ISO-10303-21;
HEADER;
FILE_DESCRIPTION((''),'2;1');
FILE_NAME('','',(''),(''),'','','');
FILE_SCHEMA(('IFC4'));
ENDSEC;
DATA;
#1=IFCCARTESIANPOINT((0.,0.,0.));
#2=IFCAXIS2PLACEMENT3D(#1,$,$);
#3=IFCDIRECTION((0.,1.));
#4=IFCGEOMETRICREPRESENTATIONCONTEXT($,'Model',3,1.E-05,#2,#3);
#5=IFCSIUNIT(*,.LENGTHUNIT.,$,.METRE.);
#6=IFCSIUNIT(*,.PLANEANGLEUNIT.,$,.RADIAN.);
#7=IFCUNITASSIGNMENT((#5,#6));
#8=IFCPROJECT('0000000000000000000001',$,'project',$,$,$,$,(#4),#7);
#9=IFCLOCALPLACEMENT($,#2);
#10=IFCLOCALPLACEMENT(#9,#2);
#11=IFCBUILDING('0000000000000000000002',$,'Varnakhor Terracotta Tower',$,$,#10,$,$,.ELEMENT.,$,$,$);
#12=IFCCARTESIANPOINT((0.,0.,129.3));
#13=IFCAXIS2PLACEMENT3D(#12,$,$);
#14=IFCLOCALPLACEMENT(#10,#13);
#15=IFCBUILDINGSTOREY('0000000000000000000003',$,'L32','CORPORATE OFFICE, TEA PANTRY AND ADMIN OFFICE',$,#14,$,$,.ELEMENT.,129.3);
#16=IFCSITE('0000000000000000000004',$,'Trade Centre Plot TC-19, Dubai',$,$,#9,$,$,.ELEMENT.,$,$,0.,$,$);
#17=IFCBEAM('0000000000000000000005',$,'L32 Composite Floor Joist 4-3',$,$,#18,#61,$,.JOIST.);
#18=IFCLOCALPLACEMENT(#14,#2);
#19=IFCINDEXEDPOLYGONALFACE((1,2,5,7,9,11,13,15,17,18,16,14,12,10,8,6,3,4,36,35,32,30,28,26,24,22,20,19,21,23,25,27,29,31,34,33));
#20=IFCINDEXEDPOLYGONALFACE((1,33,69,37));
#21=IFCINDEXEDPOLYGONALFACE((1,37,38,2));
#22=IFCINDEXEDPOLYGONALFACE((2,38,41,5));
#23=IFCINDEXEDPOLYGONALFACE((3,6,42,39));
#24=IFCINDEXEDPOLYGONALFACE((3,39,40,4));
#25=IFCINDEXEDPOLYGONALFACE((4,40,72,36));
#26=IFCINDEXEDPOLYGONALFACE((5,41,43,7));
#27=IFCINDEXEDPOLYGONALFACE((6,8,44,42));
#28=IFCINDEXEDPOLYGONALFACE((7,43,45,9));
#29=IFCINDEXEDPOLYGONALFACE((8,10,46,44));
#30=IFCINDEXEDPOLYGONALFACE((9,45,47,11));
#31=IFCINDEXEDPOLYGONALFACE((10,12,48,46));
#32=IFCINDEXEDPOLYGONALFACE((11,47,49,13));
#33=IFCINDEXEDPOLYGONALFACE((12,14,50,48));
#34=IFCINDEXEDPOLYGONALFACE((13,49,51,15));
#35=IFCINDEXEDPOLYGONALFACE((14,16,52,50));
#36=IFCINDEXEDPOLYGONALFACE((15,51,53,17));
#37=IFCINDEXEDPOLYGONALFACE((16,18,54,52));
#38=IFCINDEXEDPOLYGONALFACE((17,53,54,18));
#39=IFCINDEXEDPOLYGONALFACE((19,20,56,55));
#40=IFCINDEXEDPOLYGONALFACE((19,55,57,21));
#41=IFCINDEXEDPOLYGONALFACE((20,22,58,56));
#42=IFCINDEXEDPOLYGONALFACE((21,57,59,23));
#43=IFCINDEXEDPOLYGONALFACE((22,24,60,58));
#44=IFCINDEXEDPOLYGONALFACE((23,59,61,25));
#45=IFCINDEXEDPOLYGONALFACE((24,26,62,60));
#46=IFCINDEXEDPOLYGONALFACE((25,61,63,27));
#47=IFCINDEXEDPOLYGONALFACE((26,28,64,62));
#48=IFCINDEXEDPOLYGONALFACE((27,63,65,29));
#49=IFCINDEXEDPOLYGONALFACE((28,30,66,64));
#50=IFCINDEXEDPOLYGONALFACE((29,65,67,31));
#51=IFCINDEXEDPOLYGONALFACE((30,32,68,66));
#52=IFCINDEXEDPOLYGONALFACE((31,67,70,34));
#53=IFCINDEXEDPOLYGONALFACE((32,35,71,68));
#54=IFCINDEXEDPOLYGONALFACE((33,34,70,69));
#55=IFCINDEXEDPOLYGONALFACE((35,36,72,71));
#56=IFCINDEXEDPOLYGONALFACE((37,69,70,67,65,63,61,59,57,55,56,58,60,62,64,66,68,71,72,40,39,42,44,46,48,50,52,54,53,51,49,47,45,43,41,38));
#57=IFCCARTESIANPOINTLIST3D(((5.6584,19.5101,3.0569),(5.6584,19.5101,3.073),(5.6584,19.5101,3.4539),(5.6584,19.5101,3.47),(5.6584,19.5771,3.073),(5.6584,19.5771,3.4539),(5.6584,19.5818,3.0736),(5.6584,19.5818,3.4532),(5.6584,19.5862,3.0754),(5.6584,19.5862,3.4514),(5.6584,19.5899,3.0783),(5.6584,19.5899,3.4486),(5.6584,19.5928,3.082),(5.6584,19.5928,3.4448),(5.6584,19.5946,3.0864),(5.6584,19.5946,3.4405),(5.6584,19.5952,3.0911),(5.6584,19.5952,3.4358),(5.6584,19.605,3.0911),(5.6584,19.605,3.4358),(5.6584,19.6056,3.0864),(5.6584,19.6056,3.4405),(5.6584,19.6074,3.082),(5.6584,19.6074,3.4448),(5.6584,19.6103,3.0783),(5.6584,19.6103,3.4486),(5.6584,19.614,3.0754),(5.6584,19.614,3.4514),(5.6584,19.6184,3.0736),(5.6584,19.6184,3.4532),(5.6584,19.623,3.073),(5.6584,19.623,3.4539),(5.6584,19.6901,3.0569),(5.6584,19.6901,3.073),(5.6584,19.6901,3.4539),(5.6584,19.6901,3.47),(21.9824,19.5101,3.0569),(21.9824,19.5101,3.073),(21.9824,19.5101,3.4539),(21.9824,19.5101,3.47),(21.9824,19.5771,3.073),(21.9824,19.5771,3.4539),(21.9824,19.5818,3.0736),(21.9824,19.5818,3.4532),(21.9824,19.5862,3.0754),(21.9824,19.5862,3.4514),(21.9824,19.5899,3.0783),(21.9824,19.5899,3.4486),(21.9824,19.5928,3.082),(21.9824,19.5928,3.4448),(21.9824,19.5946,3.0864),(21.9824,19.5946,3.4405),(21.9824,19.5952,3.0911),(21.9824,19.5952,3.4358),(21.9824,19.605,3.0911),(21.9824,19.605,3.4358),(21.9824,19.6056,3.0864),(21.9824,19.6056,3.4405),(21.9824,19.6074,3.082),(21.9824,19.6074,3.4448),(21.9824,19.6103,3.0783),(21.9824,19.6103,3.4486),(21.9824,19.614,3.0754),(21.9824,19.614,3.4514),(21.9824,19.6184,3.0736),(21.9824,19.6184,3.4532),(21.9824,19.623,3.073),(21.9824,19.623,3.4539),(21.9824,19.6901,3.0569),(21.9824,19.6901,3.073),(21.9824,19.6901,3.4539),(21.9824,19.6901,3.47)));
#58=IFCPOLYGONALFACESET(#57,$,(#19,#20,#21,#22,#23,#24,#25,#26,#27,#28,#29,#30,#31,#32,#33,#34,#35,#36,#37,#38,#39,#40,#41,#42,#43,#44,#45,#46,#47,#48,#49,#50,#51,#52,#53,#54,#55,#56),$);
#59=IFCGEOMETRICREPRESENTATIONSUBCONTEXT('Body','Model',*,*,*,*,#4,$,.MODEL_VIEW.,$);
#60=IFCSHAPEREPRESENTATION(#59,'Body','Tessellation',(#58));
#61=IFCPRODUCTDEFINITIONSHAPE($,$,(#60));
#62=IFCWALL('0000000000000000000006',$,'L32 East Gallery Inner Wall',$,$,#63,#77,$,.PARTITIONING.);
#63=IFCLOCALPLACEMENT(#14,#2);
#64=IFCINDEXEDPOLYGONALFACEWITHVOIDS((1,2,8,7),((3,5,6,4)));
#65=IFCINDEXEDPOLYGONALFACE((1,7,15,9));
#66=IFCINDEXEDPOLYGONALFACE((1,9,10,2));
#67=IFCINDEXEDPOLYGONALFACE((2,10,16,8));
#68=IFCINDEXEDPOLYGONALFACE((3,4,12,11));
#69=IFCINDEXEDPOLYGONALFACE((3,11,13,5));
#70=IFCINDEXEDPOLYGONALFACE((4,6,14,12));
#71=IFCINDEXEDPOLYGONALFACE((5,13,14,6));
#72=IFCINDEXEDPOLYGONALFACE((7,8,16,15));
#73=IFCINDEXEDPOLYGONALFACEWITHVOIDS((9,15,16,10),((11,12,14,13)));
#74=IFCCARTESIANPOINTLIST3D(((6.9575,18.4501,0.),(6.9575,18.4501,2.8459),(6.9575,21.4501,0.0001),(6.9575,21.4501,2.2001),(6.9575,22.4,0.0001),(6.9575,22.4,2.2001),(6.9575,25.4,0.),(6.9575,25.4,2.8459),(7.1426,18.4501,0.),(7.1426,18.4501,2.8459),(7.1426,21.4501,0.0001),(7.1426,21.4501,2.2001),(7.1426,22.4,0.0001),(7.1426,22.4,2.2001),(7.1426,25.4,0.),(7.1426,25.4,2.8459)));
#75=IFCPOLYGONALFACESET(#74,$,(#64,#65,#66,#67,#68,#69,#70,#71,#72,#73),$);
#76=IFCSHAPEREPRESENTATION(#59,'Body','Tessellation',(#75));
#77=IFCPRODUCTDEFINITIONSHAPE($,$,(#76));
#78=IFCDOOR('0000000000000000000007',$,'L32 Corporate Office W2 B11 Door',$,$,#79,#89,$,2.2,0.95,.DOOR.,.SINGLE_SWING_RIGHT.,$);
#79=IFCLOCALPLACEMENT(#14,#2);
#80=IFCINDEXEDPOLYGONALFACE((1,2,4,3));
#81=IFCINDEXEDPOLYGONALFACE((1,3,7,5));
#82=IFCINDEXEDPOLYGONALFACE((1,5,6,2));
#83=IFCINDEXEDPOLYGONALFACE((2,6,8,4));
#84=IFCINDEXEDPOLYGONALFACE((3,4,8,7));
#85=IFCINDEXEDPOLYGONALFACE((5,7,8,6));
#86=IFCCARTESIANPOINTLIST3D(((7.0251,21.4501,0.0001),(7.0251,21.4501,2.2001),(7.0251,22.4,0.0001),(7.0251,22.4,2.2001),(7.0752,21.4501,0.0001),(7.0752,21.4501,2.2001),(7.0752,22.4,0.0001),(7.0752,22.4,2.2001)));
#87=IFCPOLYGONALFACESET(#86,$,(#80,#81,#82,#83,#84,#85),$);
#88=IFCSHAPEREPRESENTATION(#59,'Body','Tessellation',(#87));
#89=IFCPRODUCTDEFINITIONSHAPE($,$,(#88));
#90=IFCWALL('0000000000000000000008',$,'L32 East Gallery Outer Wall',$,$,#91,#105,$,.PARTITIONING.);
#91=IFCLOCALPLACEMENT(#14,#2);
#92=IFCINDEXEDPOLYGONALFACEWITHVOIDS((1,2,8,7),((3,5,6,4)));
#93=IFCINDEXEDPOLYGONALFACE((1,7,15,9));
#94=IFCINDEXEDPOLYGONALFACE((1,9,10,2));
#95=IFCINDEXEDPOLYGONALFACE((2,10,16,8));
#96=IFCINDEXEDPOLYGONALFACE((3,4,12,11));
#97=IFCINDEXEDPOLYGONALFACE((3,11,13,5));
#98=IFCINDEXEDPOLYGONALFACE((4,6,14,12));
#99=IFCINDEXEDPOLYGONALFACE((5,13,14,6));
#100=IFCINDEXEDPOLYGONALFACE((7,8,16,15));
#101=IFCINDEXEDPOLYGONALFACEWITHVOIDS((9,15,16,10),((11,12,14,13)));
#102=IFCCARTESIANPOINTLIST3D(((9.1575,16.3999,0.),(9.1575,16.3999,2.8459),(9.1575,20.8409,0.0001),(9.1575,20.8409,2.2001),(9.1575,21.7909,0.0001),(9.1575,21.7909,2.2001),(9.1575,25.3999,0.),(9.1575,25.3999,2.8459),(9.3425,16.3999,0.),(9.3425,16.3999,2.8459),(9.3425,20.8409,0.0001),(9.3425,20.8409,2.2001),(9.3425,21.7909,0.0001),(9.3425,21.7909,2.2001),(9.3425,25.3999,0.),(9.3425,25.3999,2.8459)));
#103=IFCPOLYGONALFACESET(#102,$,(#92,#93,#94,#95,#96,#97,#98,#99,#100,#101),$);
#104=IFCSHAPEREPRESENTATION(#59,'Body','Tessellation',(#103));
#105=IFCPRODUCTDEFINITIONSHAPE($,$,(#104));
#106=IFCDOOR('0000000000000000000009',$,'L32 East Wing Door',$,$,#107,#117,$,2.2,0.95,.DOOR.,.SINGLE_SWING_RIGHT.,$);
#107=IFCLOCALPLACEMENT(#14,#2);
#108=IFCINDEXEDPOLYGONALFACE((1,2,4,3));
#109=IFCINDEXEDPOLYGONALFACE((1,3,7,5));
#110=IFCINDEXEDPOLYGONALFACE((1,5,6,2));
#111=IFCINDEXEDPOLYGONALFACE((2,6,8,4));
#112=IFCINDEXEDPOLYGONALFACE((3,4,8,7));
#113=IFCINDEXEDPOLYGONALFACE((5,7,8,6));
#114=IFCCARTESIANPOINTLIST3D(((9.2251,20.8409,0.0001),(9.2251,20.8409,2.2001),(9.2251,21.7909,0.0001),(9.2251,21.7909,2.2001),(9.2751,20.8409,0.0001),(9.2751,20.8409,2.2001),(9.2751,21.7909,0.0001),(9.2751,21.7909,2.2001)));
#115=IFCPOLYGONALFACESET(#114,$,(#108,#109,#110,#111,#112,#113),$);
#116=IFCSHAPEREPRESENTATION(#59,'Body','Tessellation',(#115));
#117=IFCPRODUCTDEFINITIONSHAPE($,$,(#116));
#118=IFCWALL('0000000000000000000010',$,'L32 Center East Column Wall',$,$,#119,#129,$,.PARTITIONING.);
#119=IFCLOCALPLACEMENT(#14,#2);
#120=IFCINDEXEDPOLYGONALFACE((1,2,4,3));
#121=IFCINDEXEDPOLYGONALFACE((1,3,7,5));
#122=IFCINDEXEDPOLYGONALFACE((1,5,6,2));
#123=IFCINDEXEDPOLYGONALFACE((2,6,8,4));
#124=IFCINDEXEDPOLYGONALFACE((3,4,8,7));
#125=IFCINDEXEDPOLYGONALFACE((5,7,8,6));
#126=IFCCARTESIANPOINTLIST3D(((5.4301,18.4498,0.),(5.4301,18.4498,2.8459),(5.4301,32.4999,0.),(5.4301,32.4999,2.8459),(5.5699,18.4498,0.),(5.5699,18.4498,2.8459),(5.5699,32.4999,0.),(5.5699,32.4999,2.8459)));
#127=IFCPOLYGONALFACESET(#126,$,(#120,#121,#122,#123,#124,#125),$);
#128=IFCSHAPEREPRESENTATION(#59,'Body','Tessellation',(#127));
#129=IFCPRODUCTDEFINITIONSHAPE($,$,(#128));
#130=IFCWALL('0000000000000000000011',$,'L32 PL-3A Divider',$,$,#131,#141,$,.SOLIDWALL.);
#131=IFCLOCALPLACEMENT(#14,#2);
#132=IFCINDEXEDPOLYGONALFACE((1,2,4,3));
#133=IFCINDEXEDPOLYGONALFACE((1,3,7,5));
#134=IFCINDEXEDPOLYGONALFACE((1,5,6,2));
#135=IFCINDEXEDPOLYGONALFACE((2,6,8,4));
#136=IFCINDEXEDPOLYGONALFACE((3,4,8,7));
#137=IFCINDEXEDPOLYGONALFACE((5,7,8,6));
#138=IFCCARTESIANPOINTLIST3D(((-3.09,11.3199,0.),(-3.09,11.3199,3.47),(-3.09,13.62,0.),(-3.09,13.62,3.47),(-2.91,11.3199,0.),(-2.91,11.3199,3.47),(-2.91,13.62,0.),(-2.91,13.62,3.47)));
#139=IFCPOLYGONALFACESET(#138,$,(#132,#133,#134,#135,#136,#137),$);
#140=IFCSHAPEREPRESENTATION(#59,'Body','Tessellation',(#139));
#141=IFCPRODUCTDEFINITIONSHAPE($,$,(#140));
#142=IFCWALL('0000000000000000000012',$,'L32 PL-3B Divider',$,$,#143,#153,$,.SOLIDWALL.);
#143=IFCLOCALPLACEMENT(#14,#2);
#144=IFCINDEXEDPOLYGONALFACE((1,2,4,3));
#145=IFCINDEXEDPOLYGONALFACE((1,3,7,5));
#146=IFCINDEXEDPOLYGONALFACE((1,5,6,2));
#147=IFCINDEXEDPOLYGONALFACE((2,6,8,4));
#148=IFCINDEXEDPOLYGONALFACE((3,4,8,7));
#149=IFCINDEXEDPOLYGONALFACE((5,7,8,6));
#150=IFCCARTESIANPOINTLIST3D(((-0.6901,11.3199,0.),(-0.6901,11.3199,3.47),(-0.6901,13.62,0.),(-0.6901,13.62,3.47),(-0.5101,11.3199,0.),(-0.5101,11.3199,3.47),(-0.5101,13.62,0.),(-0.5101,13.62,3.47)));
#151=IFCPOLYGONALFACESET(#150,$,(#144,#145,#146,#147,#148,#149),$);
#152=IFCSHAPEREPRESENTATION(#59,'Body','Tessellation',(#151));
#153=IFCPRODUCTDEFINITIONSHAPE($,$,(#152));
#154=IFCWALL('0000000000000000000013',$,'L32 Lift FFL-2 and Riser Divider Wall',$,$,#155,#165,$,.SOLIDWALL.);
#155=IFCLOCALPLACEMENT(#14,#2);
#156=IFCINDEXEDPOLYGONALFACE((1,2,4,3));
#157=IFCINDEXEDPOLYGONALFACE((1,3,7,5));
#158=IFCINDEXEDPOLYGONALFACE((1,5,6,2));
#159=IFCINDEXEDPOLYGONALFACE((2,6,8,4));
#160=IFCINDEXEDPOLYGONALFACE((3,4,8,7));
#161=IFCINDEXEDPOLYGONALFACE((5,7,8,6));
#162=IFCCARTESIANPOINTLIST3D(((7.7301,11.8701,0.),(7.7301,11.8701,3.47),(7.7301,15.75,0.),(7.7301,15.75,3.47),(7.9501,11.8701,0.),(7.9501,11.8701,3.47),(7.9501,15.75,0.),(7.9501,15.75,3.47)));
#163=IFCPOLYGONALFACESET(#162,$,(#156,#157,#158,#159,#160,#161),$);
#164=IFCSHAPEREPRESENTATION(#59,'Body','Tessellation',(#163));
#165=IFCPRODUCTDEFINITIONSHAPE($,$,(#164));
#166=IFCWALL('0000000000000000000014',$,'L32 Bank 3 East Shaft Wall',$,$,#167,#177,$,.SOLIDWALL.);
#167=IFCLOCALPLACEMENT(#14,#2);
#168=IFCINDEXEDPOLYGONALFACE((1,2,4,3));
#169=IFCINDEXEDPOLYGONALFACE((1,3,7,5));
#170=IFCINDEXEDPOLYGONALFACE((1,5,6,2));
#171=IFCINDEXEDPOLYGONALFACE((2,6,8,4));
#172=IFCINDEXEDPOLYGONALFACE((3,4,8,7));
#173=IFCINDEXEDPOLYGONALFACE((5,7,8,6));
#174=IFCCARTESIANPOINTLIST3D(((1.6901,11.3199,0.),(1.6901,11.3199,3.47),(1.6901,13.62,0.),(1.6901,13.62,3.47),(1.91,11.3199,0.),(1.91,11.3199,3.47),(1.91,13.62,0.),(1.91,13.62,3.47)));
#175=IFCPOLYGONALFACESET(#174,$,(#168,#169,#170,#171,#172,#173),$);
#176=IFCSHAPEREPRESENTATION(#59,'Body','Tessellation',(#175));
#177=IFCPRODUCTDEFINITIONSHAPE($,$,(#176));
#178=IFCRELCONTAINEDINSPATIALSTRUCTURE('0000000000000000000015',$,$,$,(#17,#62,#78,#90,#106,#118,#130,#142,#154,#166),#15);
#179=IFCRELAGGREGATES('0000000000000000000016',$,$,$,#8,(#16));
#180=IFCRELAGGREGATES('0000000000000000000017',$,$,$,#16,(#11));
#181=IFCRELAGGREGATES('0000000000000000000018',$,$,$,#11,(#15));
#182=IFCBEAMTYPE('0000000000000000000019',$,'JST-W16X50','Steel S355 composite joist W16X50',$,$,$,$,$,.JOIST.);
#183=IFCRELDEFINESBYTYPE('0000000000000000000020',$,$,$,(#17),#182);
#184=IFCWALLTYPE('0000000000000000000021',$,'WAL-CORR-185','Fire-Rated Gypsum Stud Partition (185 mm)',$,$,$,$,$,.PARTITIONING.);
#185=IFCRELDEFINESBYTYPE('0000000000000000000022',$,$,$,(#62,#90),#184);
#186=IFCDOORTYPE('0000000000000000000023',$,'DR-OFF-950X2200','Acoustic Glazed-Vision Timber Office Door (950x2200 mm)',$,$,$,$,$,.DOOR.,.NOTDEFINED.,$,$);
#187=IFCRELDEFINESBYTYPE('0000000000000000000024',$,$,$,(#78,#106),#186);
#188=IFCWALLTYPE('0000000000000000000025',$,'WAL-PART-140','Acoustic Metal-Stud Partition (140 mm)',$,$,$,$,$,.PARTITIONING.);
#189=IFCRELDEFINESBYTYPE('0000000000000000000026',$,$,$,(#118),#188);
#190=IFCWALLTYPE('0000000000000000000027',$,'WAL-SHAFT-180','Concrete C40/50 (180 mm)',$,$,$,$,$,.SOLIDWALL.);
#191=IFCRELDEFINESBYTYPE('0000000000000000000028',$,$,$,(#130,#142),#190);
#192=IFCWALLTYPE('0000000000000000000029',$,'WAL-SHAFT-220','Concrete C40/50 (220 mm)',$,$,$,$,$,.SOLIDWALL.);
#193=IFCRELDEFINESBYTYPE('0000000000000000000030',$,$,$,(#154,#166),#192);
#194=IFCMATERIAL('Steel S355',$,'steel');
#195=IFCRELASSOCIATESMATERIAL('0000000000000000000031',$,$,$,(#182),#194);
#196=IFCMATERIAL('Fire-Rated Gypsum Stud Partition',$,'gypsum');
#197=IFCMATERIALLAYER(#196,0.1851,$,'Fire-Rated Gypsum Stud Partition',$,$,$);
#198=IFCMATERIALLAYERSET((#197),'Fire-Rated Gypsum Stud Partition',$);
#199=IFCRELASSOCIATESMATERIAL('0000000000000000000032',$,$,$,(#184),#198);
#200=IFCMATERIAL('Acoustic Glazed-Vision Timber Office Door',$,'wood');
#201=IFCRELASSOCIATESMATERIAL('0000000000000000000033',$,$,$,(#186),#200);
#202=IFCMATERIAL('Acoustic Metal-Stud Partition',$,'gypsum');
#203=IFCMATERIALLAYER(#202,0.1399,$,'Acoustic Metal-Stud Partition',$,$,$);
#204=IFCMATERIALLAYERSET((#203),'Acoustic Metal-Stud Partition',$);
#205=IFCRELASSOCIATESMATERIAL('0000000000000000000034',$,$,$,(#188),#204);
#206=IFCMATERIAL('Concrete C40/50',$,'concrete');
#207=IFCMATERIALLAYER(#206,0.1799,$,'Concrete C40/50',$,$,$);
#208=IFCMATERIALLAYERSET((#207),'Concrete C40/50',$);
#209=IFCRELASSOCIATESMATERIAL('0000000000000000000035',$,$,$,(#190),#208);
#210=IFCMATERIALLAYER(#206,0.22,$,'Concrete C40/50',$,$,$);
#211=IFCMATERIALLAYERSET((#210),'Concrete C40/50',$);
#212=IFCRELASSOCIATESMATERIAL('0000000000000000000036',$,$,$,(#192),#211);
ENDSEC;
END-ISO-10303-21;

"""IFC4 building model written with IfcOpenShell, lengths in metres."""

from ifc_helpers import new_model, si_unit, direction, frame, frame_2d, origin, origin_2d, place, context, subcontext, project, spatial, rectangle, i_section, extrude, source, transform, mapped, material, layer, layer_set, material_profile, profile_set, type_object, type_shapes, element, fill, save


model = new_model("IFC4")

# Units and contexts
model_context = context("Model", 3, precision=1e-05, world=origin(), true_north=direction((0.0, 1.0)))
body_context = subcontext(model_context, "Body", "Model", "MODEL_VIEW")
ifc_project = project(units=[si_unit("LENGTHUNIT", "METRE"), si_unit("PLANEANGLEUNIT", "RADIAN")], contexts=[model_context])

# Site, building, storey
site_placement = place(None, origin())
site = spatial("IfcSite", under=ifc_project, at=site_placement, Name="Trade Centre Plot TC-19, Dubai", CompositionType="ELEMENT", RefElevation=0.0)
building_placement = place(site_placement, origin())
building = spatial("IfcBuilding", under=site, at=building_placement, Name="Varnakhor Terracotta Tower", CompositionType="ELEMENT")
storey_placement = place(building_placement, frame((0.0, 0.0, 129.3)))
storey = spatial("IfcBuildingStorey", under=building, at=storey_placement, Name="L32", Description="CORPORATE OFFICE, TEA PANTRY AND ADMIN OFFICE", CompositionType="ELEMENT", Elevation=129.3)

# Beam
ifc_material_1 = material(Name="Steel S355", Category="steel")
ifc_material_profile_1 = material_profile(ifc_material_1, i_section(OverallWidth=0.1799, OverallDepth=0.4131, WebThickness=0.0098, FlangeThickness=0.0161, FilletRadius=0.0181, at=origin_2d()), Name="W16X50")
ifc_profile_set_1 = profile_set([ifc_material_profile_1], Name="Steel S355")
beam_type_1 = type_object("IfcBeamType", Name="JST-W16X50", Description="Steel S355 composite joist W16X50", PredefinedType="JOIST", material=ifc_profile_set_1)
shared_shape_1 = source(origin(), body_context, "Body", "SweptSolid", [
    extrude(i_section(OverallWidth=0.1799, OverallDepth=0.4131, WebThickness=0.0098, FlangeThickness=0.0161, FilletRadius=0.0181, at=origin_2d()), origin(), (0.0, 0.0, 1.0), 16.324),
])
beam_1_placement = place(storey_placement, frame((5.6584, 19.6001, 3.2634), z_axis=(1.0, 0.0, 0.0), x_axis=(0.0, 1.0, 0.0)))
element("IfcBeam", 1, at=beam_1_placement, inside=storey, type_object=beam_type_1, Name="L32 Composite Floor Joist 4-3", PredefinedType="JOIST", context=body_context, shape_type="MappedRepresentation", body=[
    mapped(shared_shape_1, transform((0.0, 0.0, 0.0), scale=1.0)),
])

# Walls, openings, doors
ifc_material_2 = material(Name="Fire-Rated Gypsum Stud Partition", Category="gypsum")
ifc_layer_1 = layer(ifc_material_2, 0.1851, Name="Fire-Rated Gypsum Stud Partition")
ifc_layer_set_1 = layer_set([ifc_layer_1], Name="Fire-Rated Gypsum Stud Partition")
wall_type_1 = type_object("IfcWallType", Name="WAL-CORR-185", Description="Fire-Rated Gypsum Stud Partition (185 mm)", PredefinedType="PARTITIONING", material=ifc_layer_set_1)
wall_1_placement = place(storey_placement, frame((7.05, 18.45, 0.0), z_axis=(0.0, 0.0, 1.0), x_axis=(0.0, 1.0, 0.0)))
wall_1 = element("IfcWall", 2, at=wall_1_placement, inside=storey, type_object=wall_type_1, Name="L32 East Gallery Inner Wall", PredefinedType="PARTITIONING", context=body_context, shape_type="SweptSolid", body=[
    extrude(rectangle(XDim=6.95, YDim=0.1851, at=frame_2d((3.4751, 0.0))), origin(), (0.0, 0.0, 1.0), 2.8459),
])
opening_1_placement = place(wall_1_placement, frame((3.0, 0.0, 0.0)))
opening_1 = element("IfcOpeningElement", 3, at=opening_1_placement, cuts=wall_1, PredefinedType="OPENING", context=body_context, shape_type="SweptSolid", body=[
    extrude(rectangle(XDim=0.95, YDim=2.2, at=frame_2d((0.4751, 1.1001))), frame((0.0, 0.1025, 0.0), z_axis=(0.0, -1.0, 0.0), x_axis=(1.0, 0.0, 0.0)), (0.0, 0.0, 1.0), 0.2051),
])
ifc_material_3 = material(Name="Acoustic Glazed-Vision Timber Office Door", Category="wood")
door_type_1 = type_object("IfcDoorType", Name="DR-OFF-950X2200", Description="Acoustic Glazed-Vision Timber Office Door (950x2200 mm)", OperationType="NOTDEFINED", PredefinedType="DOOR", material=ifc_material_3)
shared_shape_2 = source(origin(), body_context, "Body", "SweptSolid", [
    extrude(rectangle(XDim=0.95, YDim=2.2, at=frame_2d((0.4751, 1.1001))), frame((0.0, 0.0249, 0.0), z_axis=(0.0, -1.0, 0.0), x_axis=(1.0, 0.0, 0.0)), (0.0, 0.0, 1.0), 0.05),
])
type_shapes(door_type_1, [shared_shape_2])
door_1_placement = place(opening_1_placement, origin())
door_1 = element("IfcDoor", 4, at=door_1_placement, inside=storey, type_object=door_type_1, Name="L32 Corporate Office W2 B11 Door", OperationType="SINGLE_SWING_RIGHT", OverallHeight=2.2, OverallWidth=0.95, PredefinedType="DOOR", context=body_context, shape_type="MappedRepresentation", body=[
    mapped(shared_shape_2, transform((0.0, 0.0, 0.0), scale=1.0)),
])
fill(opening_1, door_1)
wall_2_placement = place(storey_placement, frame((9.25, 16.3999, 0.0), z_axis=(0.0, 0.0, 1.0), x_axis=(0.0, 1.0, 0.0)))
wall_2 = element("IfcWall", 5, at=wall_2_placement, inside=storey, type_object=wall_type_1, Name="L32 East Gallery Outer Wall", PredefinedType="PARTITIONING", context=body_context, shape_type="SweptSolid", body=[
    extrude(rectangle(XDim=9.0, YDim=0.1851, at=frame_2d((4.5, 0.0))), origin(), (0.0, 0.0, 1.0), 2.8459),
])
opening_2_placement = place(wall_2_placement, frame((4.4409, 0.0, 0.0)))
opening_2 = element("IfcOpeningElement", 6, at=opening_2_placement, cuts=wall_2, PredefinedType="OPENING", context=body_context, shape_type="SweptSolid", body=[
    extrude(rectangle(XDim=0.95, YDim=2.2, at=frame_2d((0.4751, 1.1001))), frame((0.0, 0.1025, 0.0), z_axis=(0.0, -1.0, 0.0), x_axis=(1.0, 0.0, 0.0)), (0.0, 0.0, 1.0), 0.2051),
])
door_2_placement = place(opening_2_placement, origin())
door_2 = element("IfcDoor", 7, at=door_2_placement, inside=storey, type_object=door_type_1, Name="L32 East Wing Door", OperationType="SINGLE_SWING_RIGHT", OverallHeight=2.2, OverallWidth=0.95, PredefinedType="DOOR", context=body_context, shape_type="MappedRepresentation", body=[
    mapped(shared_shape_2, transform((0.0, 0.0, 0.0), scale=1.0)),
])
fill(opening_2, door_2)

# Walls
ifc_material_4 = material(Name="Acoustic Metal-Stud Partition", Category="gypsum")
ifc_layer_2 = layer(ifc_material_4, 0.1399, Name="Acoustic Metal-Stud Partition")
ifc_layer_set_2 = layer_set([ifc_layer_2], Name="Acoustic Metal-Stud Partition")
wall_type_2 = type_object("IfcWallType", Name="WAL-PART-140", Description="Acoustic Metal-Stud Partition (140 mm)", PredefinedType="PARTITIONING", material=ifc_layer_set_2)
wall_3_placement = place(storey_placement, frame((5.5, 18.45, 0.0), z_axis=(0.0, 0.0, 1.0), x_axis=(0.0, 1.0, 0.0)))
element("IfcWall", 8, at=wall_3_placement, inside=storey, type_object=wall_type_2, Name="L32 Center East Column Wall", PredefinedType="PARTITIONING", context=body_context, shape_type="SweptSolid", body=[
    extrude(rectangle(XDim=14.05, YDim=0.1399, at=frame_2d((7.0249, 0.0))), origin(), (0.0, 0.0, 1.0), 2.8459),
])
ifc_material_5 = material(Name="Concrete C40/50", Category="concrete")
ifc_layer_3 = layer(ifc_material_5, 0.1799, Name="Concrete C40/50")
ifc_layer_set_3 = layer_set([ifc_layer_3], Name="Concrete C40/50")
wall_type_3 = type_object("IfcWallType", Name="WAL-SHAFT-180", Description="Concrete C40/50 (180 mm)", PredefinedType="SOLIDWALL", material=ifc_layer_set_3)
for number, where, z_axis, x_axis, name in (
    (9, (-3.0, 11.3201, 0.0), (0.0, 0.0, 1.0), (0.0, 1.0, 0.0), "L32 PL-3A Divider"),
    (10, (-0.6001, 11.3201, 0.0), (0.0, 0.0, 1.0), (0.0, 1.0, 0.0), "L32 PL-3B Divider"),
):
    element("IfcWall", number, at=place(storey_placement, frame(where, z_axis=z_axis, x_axis=x_axis)), inside=storey, type_object=wall_type_3, Name=name, PredefinedType="SOLIDWALL", context=body_context, shape_type="SweptSolid", body=[
        extrude(rectangle(XDim=2.3, YDim=0.1799, at=frame_2d((1.1499, 0.0))), origin(), (0.0, 0.0, 1.0), 3.47),
    ])
ifc_layer_4 = layer(ifc_material_5, 0.22, Name="Concrete C40/50")
ifc_layer_set_4 = layer_set([ifc_layer_4], Name="Concrete C40/50")
wall_type_4 = type_object("IfcWallType", Name="WAL-SHAFT-220", Description="Concrete C40/50 (220 mm)", PredefinedType="SOLIDWALL", material=ifc_layer_set_4)
wall_4_placement = place(storey_placement, frame((7.8401, 11.8701, 0.0), z_axis=(0.0, 0.0, 1.0), x_axis=(0.0, 1.0, 0.0)))
element("IfcWall", 11, at=wall_4_placement, inside=storey, type_object=wall_type_4, Name="L32 Lift FFL-2 and Riser Divider Wall", PredefinedType="SOLIDWALL", context=body_context, shape_type="SweptSolid", body=[
    extrude(rectangle(XDim=3.8799, YDim=0.22, at=frame_2d((1.9399, 0.0))), origin(), (0.0, 0.0, 1.0), 3.47),
])
wall_5_placement = place(storey_placement, frame((1.8, 11.3201, 0.0), z_axis=(0.0, 0.0, 1.0), x_axis=(0.0, 1.0, 0.0)))
element("IfcWall", 12, at=wall_5_placement, inside=storey, type_object=wall_type_4, Name="L32 Bank 3 East Shaft Wall", PredefinedType="SOLIDWALL", context=body_context, shape_type="SweptSolid", body=[
    extrude(rectangle(XDim=2.3, YDim=0.22, at=frame_2d((1.1499, 0.0))), origin(), (0.0, 0.0, 1.0), 3.47),
])

save(model, "model.ifc")
